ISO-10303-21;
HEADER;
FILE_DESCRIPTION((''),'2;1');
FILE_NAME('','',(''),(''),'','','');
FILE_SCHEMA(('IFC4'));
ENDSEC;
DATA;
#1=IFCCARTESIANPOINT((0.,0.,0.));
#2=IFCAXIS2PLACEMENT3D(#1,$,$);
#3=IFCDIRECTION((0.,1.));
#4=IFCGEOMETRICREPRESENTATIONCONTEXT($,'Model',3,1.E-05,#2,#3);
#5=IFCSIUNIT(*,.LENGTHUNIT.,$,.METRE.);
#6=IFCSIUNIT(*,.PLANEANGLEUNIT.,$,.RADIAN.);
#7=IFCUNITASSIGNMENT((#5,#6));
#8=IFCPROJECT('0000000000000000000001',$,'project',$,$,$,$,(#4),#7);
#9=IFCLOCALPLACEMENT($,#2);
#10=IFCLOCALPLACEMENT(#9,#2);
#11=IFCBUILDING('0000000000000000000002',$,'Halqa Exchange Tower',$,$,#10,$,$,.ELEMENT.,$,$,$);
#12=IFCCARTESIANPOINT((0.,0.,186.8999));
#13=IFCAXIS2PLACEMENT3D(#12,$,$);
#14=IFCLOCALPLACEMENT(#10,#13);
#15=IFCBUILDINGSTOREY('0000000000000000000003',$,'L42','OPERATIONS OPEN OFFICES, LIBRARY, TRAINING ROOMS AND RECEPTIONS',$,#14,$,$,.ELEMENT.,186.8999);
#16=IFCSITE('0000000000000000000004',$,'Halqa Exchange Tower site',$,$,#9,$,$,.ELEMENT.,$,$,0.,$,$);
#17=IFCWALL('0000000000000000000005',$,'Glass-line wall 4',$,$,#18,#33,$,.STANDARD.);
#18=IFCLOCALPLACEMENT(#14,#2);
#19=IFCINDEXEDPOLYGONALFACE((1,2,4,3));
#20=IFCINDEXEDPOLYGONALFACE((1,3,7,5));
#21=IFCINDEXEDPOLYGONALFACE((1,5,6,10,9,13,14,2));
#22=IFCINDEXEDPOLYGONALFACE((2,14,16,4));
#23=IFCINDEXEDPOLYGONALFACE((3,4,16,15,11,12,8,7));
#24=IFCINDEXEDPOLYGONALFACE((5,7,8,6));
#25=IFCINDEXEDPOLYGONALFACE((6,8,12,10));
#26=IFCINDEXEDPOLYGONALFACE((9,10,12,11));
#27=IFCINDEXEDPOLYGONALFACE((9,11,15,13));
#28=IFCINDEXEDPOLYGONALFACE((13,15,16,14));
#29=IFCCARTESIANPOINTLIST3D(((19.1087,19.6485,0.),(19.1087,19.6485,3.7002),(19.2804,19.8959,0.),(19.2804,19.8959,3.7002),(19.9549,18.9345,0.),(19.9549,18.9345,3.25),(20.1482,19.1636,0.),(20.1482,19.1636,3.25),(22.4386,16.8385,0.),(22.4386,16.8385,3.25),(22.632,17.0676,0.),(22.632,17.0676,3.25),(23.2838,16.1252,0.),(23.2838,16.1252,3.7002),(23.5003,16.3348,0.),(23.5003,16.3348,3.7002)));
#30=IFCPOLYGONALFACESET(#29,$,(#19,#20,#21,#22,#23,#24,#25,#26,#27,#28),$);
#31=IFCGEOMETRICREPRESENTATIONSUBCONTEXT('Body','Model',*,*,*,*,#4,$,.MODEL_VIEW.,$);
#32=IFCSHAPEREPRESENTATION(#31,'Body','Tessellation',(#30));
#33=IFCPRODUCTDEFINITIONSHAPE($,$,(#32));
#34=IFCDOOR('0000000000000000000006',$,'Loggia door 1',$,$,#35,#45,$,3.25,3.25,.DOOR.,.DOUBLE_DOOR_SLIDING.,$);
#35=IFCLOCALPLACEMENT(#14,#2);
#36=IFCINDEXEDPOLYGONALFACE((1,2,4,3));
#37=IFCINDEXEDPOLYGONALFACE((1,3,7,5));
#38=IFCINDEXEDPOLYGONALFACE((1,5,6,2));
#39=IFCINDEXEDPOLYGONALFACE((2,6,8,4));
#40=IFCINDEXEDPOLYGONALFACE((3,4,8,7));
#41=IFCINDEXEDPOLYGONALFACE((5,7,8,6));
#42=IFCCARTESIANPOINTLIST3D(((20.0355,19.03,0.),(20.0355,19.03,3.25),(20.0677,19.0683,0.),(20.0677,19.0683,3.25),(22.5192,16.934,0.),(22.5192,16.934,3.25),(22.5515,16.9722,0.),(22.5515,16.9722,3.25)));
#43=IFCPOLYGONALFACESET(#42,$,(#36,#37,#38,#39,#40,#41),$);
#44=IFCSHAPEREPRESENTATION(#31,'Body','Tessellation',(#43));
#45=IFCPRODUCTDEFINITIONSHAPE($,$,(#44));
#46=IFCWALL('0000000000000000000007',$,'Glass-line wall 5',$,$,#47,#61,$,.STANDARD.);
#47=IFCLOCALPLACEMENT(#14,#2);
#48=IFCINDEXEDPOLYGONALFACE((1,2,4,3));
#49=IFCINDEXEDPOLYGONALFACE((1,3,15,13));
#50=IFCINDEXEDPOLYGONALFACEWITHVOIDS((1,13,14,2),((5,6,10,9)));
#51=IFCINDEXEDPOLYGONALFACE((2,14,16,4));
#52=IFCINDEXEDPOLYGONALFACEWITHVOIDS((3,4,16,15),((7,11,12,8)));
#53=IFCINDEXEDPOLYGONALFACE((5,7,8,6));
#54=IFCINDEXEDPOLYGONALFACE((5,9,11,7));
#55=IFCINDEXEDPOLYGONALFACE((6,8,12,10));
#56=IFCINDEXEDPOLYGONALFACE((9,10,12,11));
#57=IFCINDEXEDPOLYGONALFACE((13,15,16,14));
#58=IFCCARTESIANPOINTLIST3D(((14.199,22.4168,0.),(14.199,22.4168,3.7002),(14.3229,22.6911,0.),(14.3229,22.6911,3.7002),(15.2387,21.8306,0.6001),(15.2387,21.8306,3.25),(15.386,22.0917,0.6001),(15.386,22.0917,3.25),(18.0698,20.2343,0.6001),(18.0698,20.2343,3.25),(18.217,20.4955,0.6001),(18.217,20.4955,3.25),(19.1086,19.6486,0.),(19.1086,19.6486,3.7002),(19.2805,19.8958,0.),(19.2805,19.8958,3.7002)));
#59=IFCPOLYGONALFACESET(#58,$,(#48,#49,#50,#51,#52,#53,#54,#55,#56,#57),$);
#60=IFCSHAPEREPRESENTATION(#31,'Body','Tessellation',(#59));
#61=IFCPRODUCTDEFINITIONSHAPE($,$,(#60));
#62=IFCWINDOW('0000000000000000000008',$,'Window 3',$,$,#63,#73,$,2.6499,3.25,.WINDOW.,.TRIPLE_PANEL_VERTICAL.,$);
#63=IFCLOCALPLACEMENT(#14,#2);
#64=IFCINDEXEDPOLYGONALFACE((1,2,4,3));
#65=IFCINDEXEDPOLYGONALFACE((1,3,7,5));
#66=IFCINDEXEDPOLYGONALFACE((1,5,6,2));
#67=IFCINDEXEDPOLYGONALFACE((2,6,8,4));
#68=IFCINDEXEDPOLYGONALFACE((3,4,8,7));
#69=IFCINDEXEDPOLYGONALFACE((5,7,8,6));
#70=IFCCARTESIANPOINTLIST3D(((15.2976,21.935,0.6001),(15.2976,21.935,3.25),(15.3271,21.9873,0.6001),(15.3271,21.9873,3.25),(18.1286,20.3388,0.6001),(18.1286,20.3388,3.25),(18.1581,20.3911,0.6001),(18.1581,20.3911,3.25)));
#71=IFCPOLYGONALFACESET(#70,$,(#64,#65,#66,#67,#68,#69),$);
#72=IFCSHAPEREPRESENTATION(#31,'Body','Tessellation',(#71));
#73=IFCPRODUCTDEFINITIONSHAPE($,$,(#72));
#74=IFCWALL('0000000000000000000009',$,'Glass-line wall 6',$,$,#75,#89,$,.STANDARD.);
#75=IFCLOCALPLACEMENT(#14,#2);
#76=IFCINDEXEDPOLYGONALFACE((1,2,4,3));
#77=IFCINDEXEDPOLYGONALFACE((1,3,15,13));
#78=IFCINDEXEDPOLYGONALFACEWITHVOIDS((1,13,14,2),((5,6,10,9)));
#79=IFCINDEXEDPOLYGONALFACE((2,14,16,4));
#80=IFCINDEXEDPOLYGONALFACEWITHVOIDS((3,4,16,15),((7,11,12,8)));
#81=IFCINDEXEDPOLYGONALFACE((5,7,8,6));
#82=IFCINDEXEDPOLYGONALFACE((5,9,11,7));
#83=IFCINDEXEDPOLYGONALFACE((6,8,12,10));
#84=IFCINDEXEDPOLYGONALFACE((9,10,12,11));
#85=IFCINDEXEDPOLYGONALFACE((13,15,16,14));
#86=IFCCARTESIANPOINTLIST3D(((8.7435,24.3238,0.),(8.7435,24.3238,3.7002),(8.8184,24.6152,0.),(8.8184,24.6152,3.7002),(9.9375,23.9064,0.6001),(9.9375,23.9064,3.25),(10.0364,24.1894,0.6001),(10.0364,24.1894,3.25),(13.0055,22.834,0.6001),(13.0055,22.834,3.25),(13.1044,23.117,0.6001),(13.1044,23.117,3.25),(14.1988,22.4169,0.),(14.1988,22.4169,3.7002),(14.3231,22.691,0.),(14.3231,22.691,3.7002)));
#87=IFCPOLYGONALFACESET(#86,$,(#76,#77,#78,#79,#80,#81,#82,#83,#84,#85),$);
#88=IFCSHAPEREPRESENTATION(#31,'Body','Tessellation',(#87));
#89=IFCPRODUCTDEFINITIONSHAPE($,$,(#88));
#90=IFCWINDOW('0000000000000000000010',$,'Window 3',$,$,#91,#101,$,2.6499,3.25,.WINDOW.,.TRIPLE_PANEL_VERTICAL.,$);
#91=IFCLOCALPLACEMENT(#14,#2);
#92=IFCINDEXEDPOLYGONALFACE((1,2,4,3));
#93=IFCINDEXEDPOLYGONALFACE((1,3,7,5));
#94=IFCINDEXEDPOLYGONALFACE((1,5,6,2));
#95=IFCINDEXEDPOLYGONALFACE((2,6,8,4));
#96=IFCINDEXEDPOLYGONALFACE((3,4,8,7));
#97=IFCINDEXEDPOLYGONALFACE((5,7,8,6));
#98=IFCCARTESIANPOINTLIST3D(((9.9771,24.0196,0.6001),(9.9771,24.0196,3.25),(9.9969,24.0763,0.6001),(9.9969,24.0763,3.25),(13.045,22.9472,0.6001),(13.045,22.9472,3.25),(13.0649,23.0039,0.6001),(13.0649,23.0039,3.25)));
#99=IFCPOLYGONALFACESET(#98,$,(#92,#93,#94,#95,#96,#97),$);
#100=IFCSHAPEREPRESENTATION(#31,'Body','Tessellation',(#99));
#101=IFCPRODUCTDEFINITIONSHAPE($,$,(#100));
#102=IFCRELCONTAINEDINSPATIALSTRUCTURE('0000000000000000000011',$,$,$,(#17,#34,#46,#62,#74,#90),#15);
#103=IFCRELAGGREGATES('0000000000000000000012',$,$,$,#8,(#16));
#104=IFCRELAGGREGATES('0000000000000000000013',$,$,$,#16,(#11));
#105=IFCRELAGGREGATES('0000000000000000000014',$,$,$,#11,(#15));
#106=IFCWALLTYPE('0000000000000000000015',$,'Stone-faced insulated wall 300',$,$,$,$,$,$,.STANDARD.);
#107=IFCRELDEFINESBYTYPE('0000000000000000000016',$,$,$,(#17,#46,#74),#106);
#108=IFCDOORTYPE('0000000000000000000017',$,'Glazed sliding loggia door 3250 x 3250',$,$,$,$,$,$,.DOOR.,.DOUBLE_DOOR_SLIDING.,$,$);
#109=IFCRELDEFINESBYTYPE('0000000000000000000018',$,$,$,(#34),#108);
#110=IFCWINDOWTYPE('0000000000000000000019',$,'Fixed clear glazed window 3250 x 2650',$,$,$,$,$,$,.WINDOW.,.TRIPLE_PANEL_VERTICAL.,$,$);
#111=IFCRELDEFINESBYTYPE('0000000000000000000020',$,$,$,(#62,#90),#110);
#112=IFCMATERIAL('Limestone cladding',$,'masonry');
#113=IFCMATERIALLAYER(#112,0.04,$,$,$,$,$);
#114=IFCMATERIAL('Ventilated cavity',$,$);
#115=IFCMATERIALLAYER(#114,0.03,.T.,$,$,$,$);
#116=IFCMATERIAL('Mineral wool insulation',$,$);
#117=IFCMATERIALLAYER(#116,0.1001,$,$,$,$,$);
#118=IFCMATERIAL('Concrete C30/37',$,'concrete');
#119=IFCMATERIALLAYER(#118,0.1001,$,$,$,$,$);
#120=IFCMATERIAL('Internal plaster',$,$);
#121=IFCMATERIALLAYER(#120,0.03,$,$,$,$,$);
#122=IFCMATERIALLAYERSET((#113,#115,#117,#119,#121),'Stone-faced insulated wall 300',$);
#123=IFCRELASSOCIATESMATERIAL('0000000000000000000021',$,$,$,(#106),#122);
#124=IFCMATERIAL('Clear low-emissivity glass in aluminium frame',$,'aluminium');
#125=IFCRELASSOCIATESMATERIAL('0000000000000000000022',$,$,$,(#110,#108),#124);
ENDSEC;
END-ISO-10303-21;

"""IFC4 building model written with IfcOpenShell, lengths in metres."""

from ifc_helpers import new_model, si_unit, direction, frame, frame_2d, origin, place, context, subcontext, project, spatial, polyline, rectangle, outline, extrude, material, layer, layer_set, type_object, element, fill, save


model = new_model("IFC4")

# Units and contexts
model_context = context("Model", 3, precision=1e-05, world=origin(), true_north=direction((0.0, 1.0)))
body_context = subcontext(model_context, "Body", "Model", "MODEL_VIEW")
ifc_project = project(units=[si_unit("LENGTHUNIT", "METRE"), si_unit("PLANEANGLEUNIT", "RADIAN")], contexts=[model_context])

# Site, building, storey
site_placement = place(None, origin())
site = spatial("IfcSite", under=ifc_project, at=site_placement, Name="Halqa Exchange Tower site", CompositionType="ELEMENT", RefElevation=0.0)
building_placement = place(site_placement, origin())
building = spatial("IfcBuilding", under=site, at=building_placement, Name="Halqa Exchange Tower", CompositionType="ELEMENT")
storey_placement = place(building_placement, frame((0.0, 0.0, 186.8999)))
storey = spatial("IfcBuildingStorey", under=building, at=storey_placement, Name="L42", Description="OPERATIONS OPEN OFFICES, LIBRARY, TRAINING ROOMS AND RECEPTIONS", CompositionType="ELEMENT", Elevation=186.8999)

# Shared definitions
ifc_material_1 = material(Name="Limestone cladding", Category="masonry")
ifc_layer_1 = layer(ifc_material_1, 0.04)
ifc_material_2 = material(Name="Ventilated cavity")
ifc_layer_2 = layer(ifc_material_2, 0.03, ventilated=True)
ifc_material_3 = material(Name="Mineral wool insulation")
ifc_layer_3 = layer(ifc_material_3, 0.1001)
ifc_material_4 = material(Name="Concrete C30/37", Category="concrete")
ifc_layer_4 = layer(ifc_material_4, 0.1001)
ifc_material_5 = material(Name="Internal plaster")
ifc_layer_5 = layer(ifc_material_5, 0.03)
ifc_layer_set_1 = layer_set([ifc_layer_1, ifc_layer_2, ifc_layer_3, ifc_layer_4, ifc_layer_5], Name="Stone-faced insulated wall 300")
wall_type_1 = type_object("IfcWallType", Name="Stone-faced insulated wall 300", PredefinedType="STANDARD", material=ifc_layer_set_1)
ifc_material_6 = material(Name="Clear low-emissivity glass in aluminium frame", Category="aluminium")
window_type = type_object("IfcWindowType", Name="Fixed clear glazed window 3250 x 2650", PartitioningType="TRIPLE_PANEL_VERTICAL", PredefinedType="WINDOW", material=ifc_material_6)

# Wall, opening, door
wall_1_placement = place(storey_placement, frame((23.3921, 16.23, 0.0), z_axis=(0.0, 0.0, 1.0), x_axis=(-0.764239, 0.644933, 0.0)))
wall_1 = element("IfcWall", 1, at=wall_1_placement, inside=storey, type_object=wall_type_1, Name="Glass-line wall 4", PredefinedType="STANDARD", context=body_context, shape_type="SweptSolid", body=[
    extrude(outline(polyline([(-0.0151, -0.1499), (5.5066, -0.1499), (5.4783, 0.1499), (0.0151, 0.1499), (-0.0151, -0.1499)])), origin(), (0.0, 0.0, 1.0), 3.7002),
])
opening_1_placement = place(wall_1_placement, frame((1.1211, 0.0, 0.0)))
opening_1 = element("IfcOpeningElement", 2, at=opening_1_placement, cuts=wall_1, PredefinedType="OPENING", context=body_context, shape_type="SweptSolid", body=[
    extrude(rectangle(XDim=3.25, YDim=3.25, at=frame_2d((1.625, 1.625))), frame((0.0, 0.1621, 0.0), z_axis=(0.0, -1.0, 0.0), x_axis=(1.0, 0.0, 0.0)), (0.0, 0.0, 1.0), 0.324),
])
door_type = type_object("IfcDoorType", Name="Glazed sliding loggia door 3250 x 3250", OperationType="DOUBLE_DOOR_SLIDING", PredefinedType="DOOR", material=ifc_material_6)
door_placement = place(opening_1_placement, origin())
door = element("IfcDoor", 3, at=door_placement, inside=storey, type_object=door_type, Name="Loggia door 1", OperationType="DOUBLE_DOOR_SLIDING", OverallHeight=3.25, OverallWidth=3.25, PredefinedType="DOOR", context=body_context, shape_type="SweptSolid", body=[
    extrude(rectangle(XDim=3.25, YDim=3.25, at=frame_2d((1.625, 1.625))), frame((0.0, 0.0249, 0.0), z_axis=(0.0, -1.0, 0.0), x_axis=(1.0, 0.0, 0.0)), (0.0, 0.0, 1.0), 0.05),
])
fill(opening_1, door)

# Walls, openings, windows
wall_2_placement = place(storey_placement, frame((19.1946, 19.7722, 0.0), z_axis=(0.0, 0.0, 1.0), x_axis=(-0.871078, 0.491145, 0.0)))
wall_2 = element("IfcWall", 4, at=wall_2_placement, inside=storey, type_object=wall_type_1, Name="Glass-line wall 5", PredefinedType="STANDARD", context=body_context, shape_type="SweptSolid", body=[
    extrude(outline(polyline([(-0.0142, -0.1499), (5.6772, -0.1499), (5.6504, 0.1499), (0.0142, 0.1499), (-0.0142, -0.1499)])), origin(), (0.0, 0.0, 1.0), 3.7002),
])
opening_2_placement = place(wall_2_placement, frame((1.2068, 0.0, 0.6001)))
opening_2 = element("IfcOpeningElement", 5, at=opening_2_placement, cuts=wall_2, PredefinedType="OPENING", context=body_context, shape_type="SweptSolid", body=[
    extrude(rectangle(XDim=3.25, YDim=2.6499, at=frame_2d((1.625, 1.325))), frame((0.0, 0.1621, 0.0), z_axis=(0.0, -1.0, 0.0), x_axis=(1.0, 0.0, 0.0)), (0.0, 0.0, 1.0), 0.324),
])
window_1_placement = place(opening_2_placement, origin())
window_1 = element("IfcWindow", 6, at=window_1_placement, inside=storey, type_object=window_type, Name="Window 3", OverallHeight=2.6499, OverallWidth=3.25, PartitioningType="TRIPLE_PANEL_VERTICAL", PredefinedType="WINDOW", context=body_context, shape_type="SweptSolid", body=[
    extrude(rectangle(XDim=3.25, YDim=2.6499, at=frame_2d((1.625, 1.325))), frame((0.0, 0.03, 0.0), z_axis=(0.0, -1.0, 0.0), x_axis=(1.0, 0.0, 0.0)), (0.0, 0.0, 1.0), 0.0601),
])
fill(opening_2, window_1)
wall_3_placement = place(storey_placement, frame((14.261, 22.554, 0.0), z_axis=(0.0, 0.0, 1.0), x_axis=(-0.943991, 0.329972, 0.0)))
wall_3 = element("IfcWall", 7, at=wall_3_placement, inside=storey, type_object=wall_type_1, Name="Glass-line wall 6", PredefinedType="STANDARD", context=body_context, shape_type="SweptSolid", body=[
    extrude(outline(polyline([(-0.0134, -0.1499), (5.8179, -0.1499), (5.7925, 0.1499), (0.0134, 0.1499), (-0.0134, -0.1499)])), origin(), (0.0, 0.0, 1.0), 3.7002),
])
opening_3_placement = place(wall_3_placement, frame((1.2776, 0.0, 0.6001)))
opening_3 = element("IfcOpeningElement", 8, at=opening_3_placement, cuts=wall_3, PredefinedType="OPENING", context=body_context, shape_type="SweptSolid", body=[
    extrude(rectangle(XDim=3.25, YDim=2.6499, at=frame_2d((1.625, 1.325))), frame((0.0, 0.1621, 0.0), z_axis=(0.0, -1.0, 0.0), x_axis=(1.0, 0.0, 0.0)), (0.0, 0.0, 1.0), 0.324),
])
window_2_placement = place(opening_3_placement, origin())
window_2 = element("IfcWindow", 9, at=window_2_placement, inside=storey, type_object=window_type, Name="Window 3", OverallHeight=2.6499, OverallWidth=3.25, PartitioningType="TRIPLE_PANEL_VERTICAL", PredefinedType="WINDOW", context=body_context, shape_type="SweptSolid", body=[
    extrude(rectangle(XDim=3.25, YDim=2.6499, at=frame_2d((1.625, 1.325))), frame((0.0, 0.03, 0.0), z_axis=(0.0, -1.0, 0.0), x_axis=(1.0, 0.0, 0.0)), (0.0, 0.0, 1.0), 0.0601),
])
fill(opening_3, window_2)

save(model, "model.ifc")
